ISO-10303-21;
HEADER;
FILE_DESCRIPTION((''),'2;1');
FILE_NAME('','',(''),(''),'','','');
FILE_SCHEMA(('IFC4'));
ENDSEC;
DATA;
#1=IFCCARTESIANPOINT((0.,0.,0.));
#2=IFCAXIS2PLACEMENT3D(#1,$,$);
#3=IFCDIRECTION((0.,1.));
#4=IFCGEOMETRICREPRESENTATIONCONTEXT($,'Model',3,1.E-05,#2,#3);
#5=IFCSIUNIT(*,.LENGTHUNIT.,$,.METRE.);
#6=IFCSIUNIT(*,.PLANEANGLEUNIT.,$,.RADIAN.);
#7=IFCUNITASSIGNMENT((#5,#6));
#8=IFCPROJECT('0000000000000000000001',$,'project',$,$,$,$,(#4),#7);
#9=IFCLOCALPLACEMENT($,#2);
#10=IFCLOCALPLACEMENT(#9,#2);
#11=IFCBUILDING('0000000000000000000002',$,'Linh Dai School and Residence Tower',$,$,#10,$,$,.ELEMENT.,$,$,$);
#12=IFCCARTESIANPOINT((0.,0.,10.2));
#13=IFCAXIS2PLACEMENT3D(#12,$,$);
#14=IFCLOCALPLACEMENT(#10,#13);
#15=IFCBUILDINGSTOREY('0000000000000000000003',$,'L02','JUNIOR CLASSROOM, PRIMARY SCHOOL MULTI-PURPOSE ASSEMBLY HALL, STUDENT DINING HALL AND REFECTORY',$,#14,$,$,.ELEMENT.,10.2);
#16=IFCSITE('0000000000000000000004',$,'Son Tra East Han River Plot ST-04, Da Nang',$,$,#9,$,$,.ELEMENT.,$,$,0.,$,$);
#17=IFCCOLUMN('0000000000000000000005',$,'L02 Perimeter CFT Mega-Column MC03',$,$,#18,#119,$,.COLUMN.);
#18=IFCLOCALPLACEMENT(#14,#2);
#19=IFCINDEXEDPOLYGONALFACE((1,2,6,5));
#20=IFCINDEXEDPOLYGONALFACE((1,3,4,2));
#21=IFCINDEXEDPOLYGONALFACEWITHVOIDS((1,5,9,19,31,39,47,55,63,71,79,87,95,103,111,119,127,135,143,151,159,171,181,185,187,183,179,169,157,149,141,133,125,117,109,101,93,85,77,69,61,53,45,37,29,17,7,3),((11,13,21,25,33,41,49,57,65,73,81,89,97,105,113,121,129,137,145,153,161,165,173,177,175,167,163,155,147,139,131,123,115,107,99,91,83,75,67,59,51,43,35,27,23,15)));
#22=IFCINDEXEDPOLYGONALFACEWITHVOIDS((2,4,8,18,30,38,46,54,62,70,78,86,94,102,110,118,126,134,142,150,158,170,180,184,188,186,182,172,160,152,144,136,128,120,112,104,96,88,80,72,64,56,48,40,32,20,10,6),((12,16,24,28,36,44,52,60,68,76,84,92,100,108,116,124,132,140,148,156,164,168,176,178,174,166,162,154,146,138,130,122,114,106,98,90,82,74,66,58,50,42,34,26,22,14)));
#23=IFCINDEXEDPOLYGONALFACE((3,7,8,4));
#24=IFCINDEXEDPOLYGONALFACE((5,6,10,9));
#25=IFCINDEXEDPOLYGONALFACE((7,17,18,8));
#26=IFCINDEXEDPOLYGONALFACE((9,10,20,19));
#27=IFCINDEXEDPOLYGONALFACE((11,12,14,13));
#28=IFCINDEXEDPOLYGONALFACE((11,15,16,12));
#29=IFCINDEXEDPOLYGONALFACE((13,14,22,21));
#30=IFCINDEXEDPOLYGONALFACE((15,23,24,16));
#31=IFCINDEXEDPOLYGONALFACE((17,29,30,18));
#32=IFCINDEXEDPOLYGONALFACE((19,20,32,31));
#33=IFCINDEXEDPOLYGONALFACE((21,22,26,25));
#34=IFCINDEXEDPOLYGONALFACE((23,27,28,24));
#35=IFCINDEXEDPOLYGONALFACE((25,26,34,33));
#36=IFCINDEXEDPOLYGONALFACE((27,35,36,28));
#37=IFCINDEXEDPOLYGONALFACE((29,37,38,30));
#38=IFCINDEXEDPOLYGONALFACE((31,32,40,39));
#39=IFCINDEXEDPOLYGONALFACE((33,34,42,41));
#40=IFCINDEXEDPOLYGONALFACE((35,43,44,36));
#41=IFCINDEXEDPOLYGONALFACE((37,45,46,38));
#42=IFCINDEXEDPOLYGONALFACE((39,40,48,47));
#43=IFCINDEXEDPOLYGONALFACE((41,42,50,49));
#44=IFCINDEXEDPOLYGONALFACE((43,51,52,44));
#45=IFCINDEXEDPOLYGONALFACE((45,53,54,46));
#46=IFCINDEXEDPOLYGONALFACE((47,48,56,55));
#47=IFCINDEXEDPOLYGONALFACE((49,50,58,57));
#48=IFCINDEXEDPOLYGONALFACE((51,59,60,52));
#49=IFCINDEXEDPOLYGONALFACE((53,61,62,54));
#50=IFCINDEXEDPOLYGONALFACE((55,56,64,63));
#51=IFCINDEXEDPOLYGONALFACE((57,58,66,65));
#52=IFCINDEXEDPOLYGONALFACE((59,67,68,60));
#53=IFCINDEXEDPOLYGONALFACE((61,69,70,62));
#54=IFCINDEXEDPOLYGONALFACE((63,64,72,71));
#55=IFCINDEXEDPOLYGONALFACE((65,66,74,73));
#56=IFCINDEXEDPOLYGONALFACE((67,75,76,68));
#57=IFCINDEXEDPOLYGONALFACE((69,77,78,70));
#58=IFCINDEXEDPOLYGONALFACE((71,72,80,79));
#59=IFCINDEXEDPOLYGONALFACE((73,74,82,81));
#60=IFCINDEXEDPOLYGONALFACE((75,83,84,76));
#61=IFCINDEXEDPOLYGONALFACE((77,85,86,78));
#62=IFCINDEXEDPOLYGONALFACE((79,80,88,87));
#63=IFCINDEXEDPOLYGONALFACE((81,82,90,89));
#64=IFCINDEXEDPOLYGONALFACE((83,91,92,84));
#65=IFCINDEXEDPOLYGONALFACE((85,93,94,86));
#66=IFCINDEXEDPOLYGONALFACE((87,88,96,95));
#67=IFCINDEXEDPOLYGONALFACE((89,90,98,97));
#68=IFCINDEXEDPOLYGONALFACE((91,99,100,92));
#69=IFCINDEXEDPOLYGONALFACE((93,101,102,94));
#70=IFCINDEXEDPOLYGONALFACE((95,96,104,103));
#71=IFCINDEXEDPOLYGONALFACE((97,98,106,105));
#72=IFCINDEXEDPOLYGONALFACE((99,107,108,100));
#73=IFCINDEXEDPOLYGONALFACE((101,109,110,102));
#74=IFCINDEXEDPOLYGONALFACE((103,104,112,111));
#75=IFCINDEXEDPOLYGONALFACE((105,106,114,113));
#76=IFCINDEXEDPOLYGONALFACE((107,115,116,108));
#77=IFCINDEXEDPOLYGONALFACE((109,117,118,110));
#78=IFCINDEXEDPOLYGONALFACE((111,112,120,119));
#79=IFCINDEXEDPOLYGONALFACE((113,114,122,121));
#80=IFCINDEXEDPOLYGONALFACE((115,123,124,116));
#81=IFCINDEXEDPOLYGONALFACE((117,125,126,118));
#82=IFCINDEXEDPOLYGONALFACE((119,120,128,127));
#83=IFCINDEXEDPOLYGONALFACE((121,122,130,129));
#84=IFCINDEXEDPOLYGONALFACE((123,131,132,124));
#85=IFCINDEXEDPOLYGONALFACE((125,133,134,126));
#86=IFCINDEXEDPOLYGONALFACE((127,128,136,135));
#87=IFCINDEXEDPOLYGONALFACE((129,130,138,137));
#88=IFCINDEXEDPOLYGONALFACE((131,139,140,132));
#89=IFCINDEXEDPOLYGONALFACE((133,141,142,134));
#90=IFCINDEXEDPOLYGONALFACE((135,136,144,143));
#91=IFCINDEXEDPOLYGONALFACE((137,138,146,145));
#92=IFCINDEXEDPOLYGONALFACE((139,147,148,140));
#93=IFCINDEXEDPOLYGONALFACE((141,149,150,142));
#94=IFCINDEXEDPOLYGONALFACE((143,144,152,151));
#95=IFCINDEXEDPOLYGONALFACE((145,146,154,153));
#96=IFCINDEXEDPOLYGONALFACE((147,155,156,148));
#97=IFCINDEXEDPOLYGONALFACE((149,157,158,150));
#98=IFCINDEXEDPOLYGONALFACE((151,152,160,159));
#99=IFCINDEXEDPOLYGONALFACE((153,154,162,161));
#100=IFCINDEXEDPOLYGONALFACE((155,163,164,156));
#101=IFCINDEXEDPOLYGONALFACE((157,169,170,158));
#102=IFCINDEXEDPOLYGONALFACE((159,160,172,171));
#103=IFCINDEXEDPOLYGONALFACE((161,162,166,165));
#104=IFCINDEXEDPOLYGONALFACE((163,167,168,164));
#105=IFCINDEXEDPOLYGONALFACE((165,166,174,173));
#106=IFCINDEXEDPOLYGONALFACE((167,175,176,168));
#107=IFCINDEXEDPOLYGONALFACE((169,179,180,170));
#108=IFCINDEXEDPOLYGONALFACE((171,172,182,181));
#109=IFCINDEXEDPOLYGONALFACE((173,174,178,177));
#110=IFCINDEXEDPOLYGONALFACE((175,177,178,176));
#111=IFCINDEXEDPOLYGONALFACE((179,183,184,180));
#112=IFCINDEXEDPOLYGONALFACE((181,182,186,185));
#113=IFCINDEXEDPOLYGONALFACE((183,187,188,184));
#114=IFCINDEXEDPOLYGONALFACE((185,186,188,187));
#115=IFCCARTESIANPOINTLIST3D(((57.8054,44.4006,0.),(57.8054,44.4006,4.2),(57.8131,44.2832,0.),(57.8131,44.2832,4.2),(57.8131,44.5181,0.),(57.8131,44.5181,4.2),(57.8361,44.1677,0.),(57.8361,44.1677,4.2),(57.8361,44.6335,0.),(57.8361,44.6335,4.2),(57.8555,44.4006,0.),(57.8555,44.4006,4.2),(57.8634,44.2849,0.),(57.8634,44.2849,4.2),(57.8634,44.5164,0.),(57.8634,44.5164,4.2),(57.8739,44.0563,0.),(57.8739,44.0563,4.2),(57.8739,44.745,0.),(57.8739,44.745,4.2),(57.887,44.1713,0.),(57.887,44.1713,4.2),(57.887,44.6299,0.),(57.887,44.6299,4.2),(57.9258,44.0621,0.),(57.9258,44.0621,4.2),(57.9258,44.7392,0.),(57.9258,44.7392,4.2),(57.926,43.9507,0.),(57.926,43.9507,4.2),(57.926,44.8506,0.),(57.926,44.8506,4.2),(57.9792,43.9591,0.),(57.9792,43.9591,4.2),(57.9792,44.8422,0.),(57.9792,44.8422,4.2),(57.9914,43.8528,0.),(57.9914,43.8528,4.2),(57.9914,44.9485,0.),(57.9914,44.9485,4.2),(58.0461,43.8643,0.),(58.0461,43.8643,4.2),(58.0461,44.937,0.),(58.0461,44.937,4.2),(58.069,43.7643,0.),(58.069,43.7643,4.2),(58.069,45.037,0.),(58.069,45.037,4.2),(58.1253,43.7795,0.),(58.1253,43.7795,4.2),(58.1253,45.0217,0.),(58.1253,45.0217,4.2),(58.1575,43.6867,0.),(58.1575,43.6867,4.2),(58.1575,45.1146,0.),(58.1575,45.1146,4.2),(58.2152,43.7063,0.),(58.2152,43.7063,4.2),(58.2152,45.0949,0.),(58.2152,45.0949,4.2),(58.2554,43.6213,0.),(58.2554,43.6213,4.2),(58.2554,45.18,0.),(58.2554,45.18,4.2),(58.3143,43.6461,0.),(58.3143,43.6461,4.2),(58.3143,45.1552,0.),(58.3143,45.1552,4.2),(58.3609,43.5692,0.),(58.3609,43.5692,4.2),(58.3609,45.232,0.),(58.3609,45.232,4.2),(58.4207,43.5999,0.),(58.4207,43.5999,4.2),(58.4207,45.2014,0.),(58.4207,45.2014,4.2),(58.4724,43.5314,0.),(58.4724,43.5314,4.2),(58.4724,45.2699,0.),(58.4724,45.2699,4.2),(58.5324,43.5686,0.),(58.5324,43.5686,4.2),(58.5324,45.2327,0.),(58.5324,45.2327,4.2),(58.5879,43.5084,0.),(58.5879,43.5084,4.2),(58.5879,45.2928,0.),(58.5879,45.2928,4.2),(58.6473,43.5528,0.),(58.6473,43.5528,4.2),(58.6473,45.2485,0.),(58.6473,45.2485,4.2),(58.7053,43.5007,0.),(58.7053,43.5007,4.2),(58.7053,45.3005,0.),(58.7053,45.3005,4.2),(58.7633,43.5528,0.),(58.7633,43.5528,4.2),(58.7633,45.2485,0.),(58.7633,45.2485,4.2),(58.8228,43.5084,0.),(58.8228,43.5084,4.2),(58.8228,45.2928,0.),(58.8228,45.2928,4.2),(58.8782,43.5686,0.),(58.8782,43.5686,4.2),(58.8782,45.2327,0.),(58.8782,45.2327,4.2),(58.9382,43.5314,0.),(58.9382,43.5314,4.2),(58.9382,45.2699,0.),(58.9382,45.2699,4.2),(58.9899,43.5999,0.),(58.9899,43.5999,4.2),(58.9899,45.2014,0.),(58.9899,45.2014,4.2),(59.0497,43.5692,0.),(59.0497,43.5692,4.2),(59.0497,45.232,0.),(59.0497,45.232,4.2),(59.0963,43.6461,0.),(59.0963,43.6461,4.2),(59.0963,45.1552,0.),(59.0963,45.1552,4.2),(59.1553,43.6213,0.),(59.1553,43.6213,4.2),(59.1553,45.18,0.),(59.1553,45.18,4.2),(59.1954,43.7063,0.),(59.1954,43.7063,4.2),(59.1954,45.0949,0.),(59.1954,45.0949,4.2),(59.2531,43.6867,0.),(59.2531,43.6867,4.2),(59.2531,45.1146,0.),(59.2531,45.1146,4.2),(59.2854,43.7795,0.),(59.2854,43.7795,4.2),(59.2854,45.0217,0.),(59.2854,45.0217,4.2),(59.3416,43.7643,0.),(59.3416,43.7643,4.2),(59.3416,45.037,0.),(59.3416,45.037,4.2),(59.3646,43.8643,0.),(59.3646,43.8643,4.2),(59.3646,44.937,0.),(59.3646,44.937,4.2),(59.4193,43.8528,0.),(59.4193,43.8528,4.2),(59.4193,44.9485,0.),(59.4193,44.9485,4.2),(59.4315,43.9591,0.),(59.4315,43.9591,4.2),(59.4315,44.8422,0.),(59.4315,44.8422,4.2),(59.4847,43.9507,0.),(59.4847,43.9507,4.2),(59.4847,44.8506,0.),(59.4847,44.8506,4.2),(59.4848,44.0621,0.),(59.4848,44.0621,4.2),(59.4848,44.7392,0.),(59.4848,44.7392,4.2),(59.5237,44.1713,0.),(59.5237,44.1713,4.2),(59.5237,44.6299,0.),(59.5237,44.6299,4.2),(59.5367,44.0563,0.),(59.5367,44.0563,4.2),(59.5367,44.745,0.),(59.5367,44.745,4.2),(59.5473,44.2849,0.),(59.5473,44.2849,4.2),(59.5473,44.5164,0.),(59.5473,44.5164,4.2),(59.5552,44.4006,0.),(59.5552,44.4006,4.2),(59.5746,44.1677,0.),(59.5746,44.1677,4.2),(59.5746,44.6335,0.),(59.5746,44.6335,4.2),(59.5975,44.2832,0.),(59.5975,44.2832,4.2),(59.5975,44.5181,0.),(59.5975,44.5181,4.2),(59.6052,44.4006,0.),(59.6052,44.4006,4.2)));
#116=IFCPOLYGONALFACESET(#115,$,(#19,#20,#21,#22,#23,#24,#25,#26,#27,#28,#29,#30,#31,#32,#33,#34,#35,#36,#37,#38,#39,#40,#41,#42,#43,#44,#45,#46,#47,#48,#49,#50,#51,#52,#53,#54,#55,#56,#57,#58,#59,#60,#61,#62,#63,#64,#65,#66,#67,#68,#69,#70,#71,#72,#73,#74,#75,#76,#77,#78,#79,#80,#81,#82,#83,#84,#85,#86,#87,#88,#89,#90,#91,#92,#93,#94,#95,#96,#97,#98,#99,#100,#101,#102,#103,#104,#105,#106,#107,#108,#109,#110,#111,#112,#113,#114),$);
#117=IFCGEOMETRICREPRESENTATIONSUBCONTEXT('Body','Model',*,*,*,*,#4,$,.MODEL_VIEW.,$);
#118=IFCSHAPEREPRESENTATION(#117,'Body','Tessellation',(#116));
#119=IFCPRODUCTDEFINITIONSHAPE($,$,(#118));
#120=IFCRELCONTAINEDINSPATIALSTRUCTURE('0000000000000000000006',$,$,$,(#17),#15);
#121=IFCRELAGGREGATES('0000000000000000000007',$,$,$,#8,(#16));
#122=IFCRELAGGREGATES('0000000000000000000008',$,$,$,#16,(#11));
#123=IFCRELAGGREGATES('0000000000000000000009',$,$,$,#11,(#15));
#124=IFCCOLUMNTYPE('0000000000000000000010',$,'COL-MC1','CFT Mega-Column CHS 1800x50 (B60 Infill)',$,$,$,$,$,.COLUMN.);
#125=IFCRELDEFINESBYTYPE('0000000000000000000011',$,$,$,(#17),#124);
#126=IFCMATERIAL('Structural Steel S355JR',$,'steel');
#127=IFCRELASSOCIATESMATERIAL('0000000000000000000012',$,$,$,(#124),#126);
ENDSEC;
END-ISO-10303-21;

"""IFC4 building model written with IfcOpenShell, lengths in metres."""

from ifc_helpers import new_model, si_unit, direction, frame, origin, origin_2d, place, context, subcontext, project, spatial, hollow_circle, extrude, material, material_profile, profile_set, type_object, element, save


model = new_model("IFC4")

# Units and contexts
model_context = context("Model", 3, precision=1e-05, world=origin(), true_north=direction((0.0, 1.0)))
body_context = subcontext(model_context, "Body", "Model", "MODEL_VIEW")
ifc_project = project(units=[si_unit("LENGTHUNIT", "METRE"), si_unit("PLANEANGLEUNIT", "RADIAN")], contexts=[model_context])

# Site, building, storey
site_placement = place(None, origin())
site = spatial("IfcSite", under=ifc_project, at=site_placement, Name="Son Tra East Han River Plot ST-04, Da Nang", CompositionType="ELEMENT", RefElevation=0.0)
building_placement = place(site_placement, origin())
building = spatial("IfcBuilding", under=site, at=building_placement, Name="Linh Dai School and Residence Tower", CompositionType="ELEMENT")
storey_placement = place(building_placement, frame((0.0, 0.0, 10.2)))
storey = spatial("IfcBuildingStorey", under=building, at=storey_placement, Name="L02", Description="JUNIOR CLASSROOM, PRIMARY SCHOOL MULTI-PURPOSE ASSEMBLY HALL, STUDENT DINING HALL AND REFECTORY", CompositionType="ELEMENT", Elevation=10.2)

# Column
ifc_material_1 = material(Name="Structural Steel S355JR", Category="steel")
ifc_material_profile_1 = material_profile(ifc_material_1, hollow_circle(Radius=0.8999, WallThickness=0.05, at=origin_2d()), Name="CHS 1800x50")
ifc_profile_set_1 = profile_set([ifc_material_profile_1], Name="Structural Steel S355JR")
column_type_1 = type_object("IfcColumnType", Name="COL-MC1", Description="CFT Mega-Column CHS 1800x50 (B60 Infill)", PredefinedType="COLUMN", material=ifc_profile_set_1)
for number, where, z_axis, x_axis, name in (
    (1, (58.7053, 44.4006, 0.0), (0.0, 0.0, 1.0), (1.0, 0.0, 0.0), "L02 Perimeter CFT Mega-Column MC03"),
):
    element("IfcColumn", number, at=place(storey_placement, frame(where, z_axis=z_axis, x_axis=x_axis)), inside=storey, type_object=column_type_1, Name=name, PredefinedType="COLUMN", context=body_context, shape_type="SweptSolid", body=[
        extrude(hollow_circle(Radius=0.8999, WallThickness=0.05, at=origin_2d()), origin(), (0.0, 0.0, 1.0), 4.2),
    ])

save(model, "model.ifc")
